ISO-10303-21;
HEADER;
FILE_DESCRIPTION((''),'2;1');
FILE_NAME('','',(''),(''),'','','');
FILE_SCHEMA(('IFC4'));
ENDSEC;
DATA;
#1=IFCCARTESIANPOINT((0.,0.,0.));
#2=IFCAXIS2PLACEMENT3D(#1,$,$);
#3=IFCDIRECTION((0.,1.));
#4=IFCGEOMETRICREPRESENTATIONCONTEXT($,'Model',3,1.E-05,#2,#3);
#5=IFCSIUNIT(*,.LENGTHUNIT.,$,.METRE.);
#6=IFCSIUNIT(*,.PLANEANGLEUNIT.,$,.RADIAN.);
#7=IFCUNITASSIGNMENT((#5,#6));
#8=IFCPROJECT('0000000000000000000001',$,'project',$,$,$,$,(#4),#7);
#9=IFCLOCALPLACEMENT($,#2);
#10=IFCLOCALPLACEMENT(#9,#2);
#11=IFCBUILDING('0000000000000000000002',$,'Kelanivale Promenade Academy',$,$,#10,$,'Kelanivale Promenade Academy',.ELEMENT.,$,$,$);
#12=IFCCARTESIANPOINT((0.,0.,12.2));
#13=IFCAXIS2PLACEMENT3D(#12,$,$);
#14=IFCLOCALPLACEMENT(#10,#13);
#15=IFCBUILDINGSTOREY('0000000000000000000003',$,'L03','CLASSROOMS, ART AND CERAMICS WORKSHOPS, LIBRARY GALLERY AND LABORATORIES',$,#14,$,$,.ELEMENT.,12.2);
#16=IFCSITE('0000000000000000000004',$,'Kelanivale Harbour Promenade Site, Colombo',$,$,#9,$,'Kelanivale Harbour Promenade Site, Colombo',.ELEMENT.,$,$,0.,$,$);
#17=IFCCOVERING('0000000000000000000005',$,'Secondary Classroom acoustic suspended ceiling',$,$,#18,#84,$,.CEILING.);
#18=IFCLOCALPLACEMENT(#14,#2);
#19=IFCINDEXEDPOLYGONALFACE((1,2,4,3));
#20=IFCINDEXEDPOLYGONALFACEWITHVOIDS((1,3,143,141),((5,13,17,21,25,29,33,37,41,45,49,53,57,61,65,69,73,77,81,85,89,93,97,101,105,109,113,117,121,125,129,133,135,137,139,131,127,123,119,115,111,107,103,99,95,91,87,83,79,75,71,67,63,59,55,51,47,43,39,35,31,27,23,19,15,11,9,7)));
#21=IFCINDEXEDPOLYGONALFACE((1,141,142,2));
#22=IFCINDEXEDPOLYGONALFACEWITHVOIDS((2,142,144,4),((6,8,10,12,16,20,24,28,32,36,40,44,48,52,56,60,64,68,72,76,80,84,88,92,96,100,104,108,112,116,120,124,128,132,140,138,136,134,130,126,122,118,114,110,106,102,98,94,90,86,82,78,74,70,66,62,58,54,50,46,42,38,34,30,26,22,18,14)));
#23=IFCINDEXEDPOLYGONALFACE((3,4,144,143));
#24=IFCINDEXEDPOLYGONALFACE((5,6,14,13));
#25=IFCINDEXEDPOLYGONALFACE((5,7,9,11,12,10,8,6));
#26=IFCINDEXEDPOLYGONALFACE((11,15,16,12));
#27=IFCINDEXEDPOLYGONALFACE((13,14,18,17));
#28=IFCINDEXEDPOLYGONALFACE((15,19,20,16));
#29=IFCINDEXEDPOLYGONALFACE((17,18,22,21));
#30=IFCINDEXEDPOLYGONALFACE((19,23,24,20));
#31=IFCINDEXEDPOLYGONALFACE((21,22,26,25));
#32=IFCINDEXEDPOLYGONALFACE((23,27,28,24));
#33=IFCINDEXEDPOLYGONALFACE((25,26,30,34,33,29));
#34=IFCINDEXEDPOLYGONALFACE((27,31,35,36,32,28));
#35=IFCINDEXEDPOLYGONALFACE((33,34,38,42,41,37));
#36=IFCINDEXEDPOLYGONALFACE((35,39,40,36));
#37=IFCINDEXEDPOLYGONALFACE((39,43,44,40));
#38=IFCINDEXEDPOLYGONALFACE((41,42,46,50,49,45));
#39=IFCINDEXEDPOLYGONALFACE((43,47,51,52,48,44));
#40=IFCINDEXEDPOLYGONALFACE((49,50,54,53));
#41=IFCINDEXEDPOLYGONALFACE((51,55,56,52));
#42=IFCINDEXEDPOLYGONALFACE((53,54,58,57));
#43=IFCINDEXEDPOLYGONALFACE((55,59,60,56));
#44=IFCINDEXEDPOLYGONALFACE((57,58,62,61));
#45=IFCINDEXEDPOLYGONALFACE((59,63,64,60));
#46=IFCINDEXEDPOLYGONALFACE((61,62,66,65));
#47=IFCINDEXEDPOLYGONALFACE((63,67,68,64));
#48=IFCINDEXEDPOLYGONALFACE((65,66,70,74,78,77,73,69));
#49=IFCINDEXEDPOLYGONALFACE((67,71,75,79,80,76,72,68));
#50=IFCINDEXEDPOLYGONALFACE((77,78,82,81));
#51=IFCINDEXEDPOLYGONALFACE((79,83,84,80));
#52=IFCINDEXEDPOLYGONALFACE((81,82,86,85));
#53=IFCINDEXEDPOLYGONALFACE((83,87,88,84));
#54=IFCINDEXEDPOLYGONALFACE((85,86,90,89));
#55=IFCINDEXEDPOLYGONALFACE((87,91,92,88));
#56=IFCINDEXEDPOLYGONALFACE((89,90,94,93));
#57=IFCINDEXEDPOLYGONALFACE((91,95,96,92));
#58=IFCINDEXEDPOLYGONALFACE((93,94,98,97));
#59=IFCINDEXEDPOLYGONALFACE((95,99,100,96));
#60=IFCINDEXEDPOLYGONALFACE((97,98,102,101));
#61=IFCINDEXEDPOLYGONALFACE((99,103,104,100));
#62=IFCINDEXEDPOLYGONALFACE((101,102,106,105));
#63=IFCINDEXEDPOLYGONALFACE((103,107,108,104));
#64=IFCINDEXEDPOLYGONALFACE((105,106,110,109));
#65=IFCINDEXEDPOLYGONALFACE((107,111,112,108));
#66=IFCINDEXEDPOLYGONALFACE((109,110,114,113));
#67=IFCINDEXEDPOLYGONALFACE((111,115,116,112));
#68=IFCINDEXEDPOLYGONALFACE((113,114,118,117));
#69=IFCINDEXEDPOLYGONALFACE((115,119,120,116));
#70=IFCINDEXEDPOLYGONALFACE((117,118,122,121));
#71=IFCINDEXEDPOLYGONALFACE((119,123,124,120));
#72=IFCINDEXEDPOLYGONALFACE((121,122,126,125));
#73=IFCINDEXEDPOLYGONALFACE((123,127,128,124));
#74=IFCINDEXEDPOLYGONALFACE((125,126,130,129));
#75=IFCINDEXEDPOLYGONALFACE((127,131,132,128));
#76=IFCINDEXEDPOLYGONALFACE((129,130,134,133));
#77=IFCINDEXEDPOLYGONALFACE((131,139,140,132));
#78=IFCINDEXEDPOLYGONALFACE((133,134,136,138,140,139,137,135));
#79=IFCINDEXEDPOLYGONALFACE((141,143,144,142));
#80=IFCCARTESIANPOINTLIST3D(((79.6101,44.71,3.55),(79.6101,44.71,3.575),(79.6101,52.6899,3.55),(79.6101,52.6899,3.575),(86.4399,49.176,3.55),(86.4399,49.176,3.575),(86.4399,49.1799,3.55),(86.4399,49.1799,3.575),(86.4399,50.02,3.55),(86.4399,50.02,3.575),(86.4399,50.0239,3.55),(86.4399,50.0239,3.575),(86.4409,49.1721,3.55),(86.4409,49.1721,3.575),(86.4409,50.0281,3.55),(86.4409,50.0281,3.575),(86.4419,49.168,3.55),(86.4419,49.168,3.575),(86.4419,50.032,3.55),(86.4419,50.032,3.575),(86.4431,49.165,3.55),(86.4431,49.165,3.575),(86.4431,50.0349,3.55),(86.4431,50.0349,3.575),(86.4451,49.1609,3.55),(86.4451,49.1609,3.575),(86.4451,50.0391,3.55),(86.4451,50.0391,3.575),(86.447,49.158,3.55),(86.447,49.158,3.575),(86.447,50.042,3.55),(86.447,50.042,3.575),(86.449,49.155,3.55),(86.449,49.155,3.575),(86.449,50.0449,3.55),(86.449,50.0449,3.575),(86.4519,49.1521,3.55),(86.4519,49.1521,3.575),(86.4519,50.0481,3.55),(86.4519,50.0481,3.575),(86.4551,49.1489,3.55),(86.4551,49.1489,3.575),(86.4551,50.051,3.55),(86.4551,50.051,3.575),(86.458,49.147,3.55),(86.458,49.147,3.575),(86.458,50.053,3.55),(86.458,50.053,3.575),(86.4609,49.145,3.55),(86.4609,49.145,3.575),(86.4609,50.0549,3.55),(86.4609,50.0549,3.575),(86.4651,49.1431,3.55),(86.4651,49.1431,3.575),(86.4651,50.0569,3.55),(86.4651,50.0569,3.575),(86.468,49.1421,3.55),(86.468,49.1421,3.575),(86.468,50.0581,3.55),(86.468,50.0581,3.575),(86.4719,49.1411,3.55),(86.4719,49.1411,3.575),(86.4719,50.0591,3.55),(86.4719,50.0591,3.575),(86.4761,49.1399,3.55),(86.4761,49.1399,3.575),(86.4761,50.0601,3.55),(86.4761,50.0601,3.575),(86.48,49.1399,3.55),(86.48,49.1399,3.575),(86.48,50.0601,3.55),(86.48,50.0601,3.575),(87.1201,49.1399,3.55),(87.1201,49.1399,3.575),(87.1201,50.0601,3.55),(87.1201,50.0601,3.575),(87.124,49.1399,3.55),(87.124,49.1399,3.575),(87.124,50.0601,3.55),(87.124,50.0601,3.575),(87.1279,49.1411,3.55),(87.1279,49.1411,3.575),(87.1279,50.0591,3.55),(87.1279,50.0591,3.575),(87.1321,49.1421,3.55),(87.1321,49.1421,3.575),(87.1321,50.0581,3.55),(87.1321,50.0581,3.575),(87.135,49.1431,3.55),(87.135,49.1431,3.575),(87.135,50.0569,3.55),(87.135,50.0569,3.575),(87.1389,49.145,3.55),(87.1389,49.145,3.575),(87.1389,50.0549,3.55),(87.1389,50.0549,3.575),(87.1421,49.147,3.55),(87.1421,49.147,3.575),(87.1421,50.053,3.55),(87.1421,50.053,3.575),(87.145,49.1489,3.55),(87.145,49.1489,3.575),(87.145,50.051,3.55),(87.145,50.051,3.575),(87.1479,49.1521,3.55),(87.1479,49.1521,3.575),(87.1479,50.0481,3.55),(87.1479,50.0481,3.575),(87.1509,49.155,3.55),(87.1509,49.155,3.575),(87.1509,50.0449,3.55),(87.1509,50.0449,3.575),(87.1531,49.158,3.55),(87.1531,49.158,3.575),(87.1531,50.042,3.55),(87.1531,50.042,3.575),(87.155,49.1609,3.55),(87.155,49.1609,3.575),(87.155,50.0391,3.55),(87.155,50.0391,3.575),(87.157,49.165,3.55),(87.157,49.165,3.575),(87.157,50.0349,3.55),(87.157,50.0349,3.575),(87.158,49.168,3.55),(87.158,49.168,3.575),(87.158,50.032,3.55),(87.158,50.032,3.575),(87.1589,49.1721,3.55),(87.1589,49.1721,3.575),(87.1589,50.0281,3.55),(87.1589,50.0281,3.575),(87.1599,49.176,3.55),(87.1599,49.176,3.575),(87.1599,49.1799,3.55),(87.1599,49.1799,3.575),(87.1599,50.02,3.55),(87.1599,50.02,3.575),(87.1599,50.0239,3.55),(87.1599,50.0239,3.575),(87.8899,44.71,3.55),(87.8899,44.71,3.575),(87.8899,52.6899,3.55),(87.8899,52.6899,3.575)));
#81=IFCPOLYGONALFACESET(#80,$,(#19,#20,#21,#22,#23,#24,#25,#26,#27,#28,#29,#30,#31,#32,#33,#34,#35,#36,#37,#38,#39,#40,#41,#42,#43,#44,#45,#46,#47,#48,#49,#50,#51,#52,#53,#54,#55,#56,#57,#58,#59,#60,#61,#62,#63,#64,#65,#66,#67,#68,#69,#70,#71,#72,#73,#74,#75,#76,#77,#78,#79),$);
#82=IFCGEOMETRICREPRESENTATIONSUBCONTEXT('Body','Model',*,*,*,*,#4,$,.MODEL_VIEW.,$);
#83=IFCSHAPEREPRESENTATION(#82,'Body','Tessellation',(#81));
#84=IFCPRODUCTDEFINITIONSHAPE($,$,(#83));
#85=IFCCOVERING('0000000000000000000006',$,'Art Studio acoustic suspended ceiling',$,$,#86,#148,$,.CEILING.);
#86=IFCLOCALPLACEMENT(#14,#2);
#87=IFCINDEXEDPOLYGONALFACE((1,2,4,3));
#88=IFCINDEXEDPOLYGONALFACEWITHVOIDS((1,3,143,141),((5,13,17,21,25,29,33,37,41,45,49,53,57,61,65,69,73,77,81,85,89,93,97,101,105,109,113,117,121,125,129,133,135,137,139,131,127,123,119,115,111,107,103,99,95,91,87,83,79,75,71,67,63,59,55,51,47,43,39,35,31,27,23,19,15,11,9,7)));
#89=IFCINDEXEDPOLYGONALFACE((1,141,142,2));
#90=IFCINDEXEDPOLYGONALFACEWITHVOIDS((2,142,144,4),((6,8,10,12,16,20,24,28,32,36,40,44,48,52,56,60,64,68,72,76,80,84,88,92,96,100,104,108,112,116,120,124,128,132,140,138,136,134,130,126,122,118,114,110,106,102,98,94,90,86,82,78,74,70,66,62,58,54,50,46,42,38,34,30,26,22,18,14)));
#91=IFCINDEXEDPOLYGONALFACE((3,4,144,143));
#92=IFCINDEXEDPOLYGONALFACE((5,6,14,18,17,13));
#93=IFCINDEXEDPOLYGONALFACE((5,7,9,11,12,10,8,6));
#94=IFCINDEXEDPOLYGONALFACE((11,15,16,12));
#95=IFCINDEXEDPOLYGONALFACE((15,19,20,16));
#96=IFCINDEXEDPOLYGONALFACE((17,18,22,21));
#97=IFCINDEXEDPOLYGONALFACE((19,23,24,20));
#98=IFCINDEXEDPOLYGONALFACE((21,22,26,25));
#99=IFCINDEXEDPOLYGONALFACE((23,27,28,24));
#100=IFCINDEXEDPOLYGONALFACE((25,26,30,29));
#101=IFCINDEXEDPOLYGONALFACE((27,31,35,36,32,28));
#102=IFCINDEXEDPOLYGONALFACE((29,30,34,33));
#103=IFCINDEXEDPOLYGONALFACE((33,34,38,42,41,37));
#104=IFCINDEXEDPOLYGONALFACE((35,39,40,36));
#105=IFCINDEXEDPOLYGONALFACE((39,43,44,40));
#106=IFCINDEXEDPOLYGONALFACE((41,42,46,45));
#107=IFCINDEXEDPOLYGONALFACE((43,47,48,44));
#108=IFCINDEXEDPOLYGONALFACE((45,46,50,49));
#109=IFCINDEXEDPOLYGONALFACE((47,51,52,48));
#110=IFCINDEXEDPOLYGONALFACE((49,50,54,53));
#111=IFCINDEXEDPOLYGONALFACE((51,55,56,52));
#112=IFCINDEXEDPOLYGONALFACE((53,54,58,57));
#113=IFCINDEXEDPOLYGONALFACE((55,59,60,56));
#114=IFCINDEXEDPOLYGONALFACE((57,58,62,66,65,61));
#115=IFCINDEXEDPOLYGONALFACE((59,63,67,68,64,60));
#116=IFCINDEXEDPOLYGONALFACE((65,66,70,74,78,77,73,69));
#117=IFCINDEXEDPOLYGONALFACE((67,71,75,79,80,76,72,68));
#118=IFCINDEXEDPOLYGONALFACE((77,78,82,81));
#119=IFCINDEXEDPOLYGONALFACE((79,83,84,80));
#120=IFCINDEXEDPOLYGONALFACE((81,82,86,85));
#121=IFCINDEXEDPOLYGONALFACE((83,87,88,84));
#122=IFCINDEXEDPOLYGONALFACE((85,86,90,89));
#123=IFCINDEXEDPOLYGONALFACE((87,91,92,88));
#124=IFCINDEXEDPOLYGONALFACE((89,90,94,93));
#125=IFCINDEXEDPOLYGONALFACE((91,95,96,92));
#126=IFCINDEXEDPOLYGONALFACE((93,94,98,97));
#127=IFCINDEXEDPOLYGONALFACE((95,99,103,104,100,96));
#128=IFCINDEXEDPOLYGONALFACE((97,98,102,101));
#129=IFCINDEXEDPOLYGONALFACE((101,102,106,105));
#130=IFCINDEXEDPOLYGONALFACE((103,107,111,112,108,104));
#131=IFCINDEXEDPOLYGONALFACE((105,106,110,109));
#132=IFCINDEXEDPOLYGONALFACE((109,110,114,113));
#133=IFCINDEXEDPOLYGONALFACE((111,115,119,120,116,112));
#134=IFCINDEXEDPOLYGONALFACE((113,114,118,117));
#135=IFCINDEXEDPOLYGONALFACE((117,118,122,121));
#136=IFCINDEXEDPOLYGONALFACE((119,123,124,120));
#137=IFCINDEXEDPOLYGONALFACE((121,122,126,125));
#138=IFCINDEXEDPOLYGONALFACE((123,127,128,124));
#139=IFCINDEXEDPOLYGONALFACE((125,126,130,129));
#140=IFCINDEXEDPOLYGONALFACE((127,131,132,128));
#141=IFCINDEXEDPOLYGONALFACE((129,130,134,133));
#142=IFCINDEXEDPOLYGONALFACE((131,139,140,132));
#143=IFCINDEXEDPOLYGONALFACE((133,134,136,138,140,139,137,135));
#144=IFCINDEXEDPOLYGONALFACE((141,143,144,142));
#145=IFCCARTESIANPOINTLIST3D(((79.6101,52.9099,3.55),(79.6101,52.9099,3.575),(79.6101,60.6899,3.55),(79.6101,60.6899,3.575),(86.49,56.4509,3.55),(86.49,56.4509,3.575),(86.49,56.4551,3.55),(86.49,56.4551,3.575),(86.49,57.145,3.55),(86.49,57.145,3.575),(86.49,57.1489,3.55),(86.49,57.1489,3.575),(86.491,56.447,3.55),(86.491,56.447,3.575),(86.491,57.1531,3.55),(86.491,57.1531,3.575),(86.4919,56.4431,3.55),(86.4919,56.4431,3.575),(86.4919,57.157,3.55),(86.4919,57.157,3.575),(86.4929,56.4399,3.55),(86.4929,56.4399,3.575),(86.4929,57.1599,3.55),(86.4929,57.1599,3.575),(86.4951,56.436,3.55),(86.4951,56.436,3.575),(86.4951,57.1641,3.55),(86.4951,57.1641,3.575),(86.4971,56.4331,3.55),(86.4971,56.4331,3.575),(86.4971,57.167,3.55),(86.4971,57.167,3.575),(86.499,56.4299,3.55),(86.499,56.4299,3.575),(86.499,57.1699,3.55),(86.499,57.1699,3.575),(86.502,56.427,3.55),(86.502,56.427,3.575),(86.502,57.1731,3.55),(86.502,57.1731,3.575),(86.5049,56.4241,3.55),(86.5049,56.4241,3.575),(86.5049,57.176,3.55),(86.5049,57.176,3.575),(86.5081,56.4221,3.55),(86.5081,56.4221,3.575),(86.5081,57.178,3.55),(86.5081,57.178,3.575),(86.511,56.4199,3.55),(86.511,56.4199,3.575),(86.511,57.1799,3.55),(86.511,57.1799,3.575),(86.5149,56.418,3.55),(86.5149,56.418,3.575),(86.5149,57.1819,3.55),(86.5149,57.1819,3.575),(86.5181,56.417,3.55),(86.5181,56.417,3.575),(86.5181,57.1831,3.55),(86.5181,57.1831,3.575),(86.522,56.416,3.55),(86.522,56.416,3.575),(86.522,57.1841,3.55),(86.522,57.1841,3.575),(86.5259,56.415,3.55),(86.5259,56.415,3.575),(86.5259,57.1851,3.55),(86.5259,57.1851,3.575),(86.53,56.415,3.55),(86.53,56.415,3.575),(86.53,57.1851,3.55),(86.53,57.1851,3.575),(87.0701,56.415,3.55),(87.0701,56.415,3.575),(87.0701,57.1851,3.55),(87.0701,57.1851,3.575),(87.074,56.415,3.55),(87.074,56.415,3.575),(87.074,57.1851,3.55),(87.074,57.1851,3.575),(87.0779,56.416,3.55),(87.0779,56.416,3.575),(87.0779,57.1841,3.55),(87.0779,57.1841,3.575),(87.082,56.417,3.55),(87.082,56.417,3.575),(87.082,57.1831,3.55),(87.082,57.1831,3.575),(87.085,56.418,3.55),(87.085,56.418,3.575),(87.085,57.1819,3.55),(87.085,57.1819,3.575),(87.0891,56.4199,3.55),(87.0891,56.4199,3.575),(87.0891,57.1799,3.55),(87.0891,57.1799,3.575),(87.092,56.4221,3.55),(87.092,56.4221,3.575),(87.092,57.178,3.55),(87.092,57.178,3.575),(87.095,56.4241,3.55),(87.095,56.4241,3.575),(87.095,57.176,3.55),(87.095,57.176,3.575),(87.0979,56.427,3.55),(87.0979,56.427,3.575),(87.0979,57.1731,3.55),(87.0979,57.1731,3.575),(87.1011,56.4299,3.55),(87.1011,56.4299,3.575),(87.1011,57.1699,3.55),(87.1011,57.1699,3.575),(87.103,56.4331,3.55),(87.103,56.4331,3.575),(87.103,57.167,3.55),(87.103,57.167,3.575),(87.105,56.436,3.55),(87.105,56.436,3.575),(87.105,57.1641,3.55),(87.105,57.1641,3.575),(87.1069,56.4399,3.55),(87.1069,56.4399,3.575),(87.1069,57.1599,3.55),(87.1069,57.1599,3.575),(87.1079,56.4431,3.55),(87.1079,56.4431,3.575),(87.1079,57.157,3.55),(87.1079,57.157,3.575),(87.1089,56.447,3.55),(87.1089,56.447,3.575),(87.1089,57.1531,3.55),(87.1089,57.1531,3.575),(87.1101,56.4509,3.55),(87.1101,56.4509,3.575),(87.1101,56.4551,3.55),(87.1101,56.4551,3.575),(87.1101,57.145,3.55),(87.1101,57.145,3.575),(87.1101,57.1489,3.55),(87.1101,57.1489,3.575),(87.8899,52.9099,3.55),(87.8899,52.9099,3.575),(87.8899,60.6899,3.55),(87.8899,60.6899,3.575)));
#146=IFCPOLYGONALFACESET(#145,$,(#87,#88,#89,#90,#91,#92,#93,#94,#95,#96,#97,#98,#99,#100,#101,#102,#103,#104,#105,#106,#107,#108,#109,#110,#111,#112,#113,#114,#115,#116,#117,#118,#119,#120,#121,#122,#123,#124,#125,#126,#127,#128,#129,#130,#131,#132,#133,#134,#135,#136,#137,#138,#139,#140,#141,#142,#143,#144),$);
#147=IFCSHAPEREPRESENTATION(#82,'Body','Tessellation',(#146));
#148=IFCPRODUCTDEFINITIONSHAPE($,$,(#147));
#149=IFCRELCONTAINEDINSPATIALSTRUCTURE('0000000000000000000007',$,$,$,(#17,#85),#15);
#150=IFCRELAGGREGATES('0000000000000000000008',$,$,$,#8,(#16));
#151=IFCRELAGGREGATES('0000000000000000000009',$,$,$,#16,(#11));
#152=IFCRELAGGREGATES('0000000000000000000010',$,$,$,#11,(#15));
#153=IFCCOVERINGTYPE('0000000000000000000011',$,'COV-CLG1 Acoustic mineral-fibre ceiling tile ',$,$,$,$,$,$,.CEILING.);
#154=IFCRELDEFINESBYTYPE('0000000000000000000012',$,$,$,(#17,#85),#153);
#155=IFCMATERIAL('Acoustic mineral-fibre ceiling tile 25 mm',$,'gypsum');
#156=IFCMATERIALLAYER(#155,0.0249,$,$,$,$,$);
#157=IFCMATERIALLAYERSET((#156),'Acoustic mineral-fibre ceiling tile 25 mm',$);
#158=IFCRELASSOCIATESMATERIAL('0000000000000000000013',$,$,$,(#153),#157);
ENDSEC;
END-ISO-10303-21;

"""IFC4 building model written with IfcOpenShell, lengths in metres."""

from ifc_helpers import new_model, si_unit, direction, frame, origin, place, context, subcontext, project, spatial, polyline, outline, extrude, material, layer, layer_set, type_object, element, save


model = new_model("IFC4")

# Units and contexts
model_context = context("Model", 3, precision=1e-05, world=origin(), true_north=direction((0.0, 1.0)))
body_context = subcontext(model_context, "Body", "Model", "MODEL_VIEW")
ifc_project = project(units=[si_unit("LENGTHUNIT", "METRE"), si_unit("PLANEANGLEUNIT", "RADIAN")], contexts=[model_context])

# Site, building, storey
site_placement = place(None, origin())
site = spatial("IfcSite", under=ifc_project, at=site_placement, Name="Kelanivale Harbour Promenade Site, Colombo", LongName="Kelanivale Harbour Promenade Site, Colombo", CompositionType="ELEMENT", RefElevation=0.0)
building_placement = place(site_placement, origin())
building = spatial("IfcBuilding", under=site, at=building_placement, Name="Kelanivale Promenade Academy", LongName="Kelanivale Promenade Academy", CompositionType="ELEMENT")
storey_placement = place(building_placement, frame((0.0, 0.0, 12.2)))
storey = spatial("IfcBuildingStorey", under=building, at=storey_placement, Name="L03", Description="CLASSROOMS, ART AND CERAMICS WORKSHOPS, LIBRARY GALLERY AND LABORATORIES", CompositionType="ELEMENT", Elevation=12.2)

# Coverings
ifc_material_1 = material(Name="Acoustic mineral-fibre ceiling tile 25 mm", Category="gypsum")
ifc_layer_1 = layer(ifc_material_1, 0.0249)
ifc_layer_set_1 = layer_set([ifc_layer_1], Name="Acoustic mineral-fibre ceiling tile 25 mm")
covering_type_1 = type_object("IfcCoveringType", Name="COV-CLG1 Acoustic mineral-fibre ceiling tile ", PredefinedType="CEILING", material=ifc_layer_set_1)
covering_1_placement = place(storey_placement, frame((0.0, 0.0, 3.55)))
element("IfcCovering", 1, at=covering_1_placement, inside=storey, type_object=covering_type_1, Name="Secondary Classroom acoustic suspended ceiling", PredefinedType="CEILING", context=body_context, shape_type="SweptSolid", body=[
    extrude(outline(polyline([(79.6101, 52.6899), (79.6101, 44.71), (87.8899, 44.71), (87.8899, 52.6899), (79.6101, 52.6899)]), holes=[polyline([(87.1599, 49.1799), (87.1599, 49.176), (87.1589, 49.1721), (87.158, 49.168), (87.157, 49.165), (87.155, 49.1609), (87.1531, 49.158), (87.1509, 49.155), (87.1479, 49.1521), (87.145, 49.1489), (87.1421, 49.147), (87.1389, 49.145), (87.135, 49.1431), (87.1321, 49.1421), (87.1279, 49.1411), (87.124, 49.1399), (87.1201, 49.1399), (86.48, 49.1399), (86.4761, 49.1399), (86.4719, 49.1411), (86.468, 49.1421), (86.4651, 49.1431), (86.4609, 49.145), (86.458, 49.147), (86.4551, 49.1489), (86.4519, 49.1521), (86.449, 49.155), (86.447, 49.158), (86.4451, 49.1609), (86.4431, 49.165), (86.4419, 49.168), (86.4409, 49.1721), (86.4399, 49.176), (86.4399, 49.1799), (86.4399, 50.02), (86.4399, 50.0239), (86.4409, 50.0281), (86.4419, 50.032), (86.4431, 50.0349), (86.4451, 50.0391), (86.447, 50.042), (86.449, 50.0449), (86.4519, 50.0481), (86.4551, 50.051), (86.458, 50.053), (86.4609, 50.0549), (86.4651, 50.0569), (86.468, 50.0581), (86.4719, 50.0591), (86.4761, 50.0601), (86.48, 50.0601), (87.1201, 50.0601), (87.124, 50.0601), (87.1279, 50.0591), (87.1321, 50.0581), (87.135, 50.0569), (87.1389, 50.0549), (87.1421, 50.053), (87.145, 50.051), (87.1479, 50.0481), (87.1509, 50.0449), (87.1531, 50.042), (87.155, 50.0391), (87.157, 50.0349), (87.158, 50.032), (87.1589, 50.0281), (87.1599, 50.0239), (87.1599, 50.02), (87.1599, 49.1799)])]), origin(), (0.0, 0.0, 1.0), 0.0249),
])
covering_2_placement = place(storey_placement, frame((0.0, 0.0, 3.55)))
element("IfcCovering", 2, at=covering_2_placement, inside=storey, type_object=covering_type_1, Name="Art Studio acoustic suspended ceiling", PredefinedType="CEILING", context=body_context, shape_type="SweptSolid", body=[
    extrude(outline(polyline([(87.8899, 60.6899), (79.6101, 60.6899), (79.6101, 52.9099), (87.8899, 52.9099), (87.8899, 60.6899)]), holes=[polyline([(87.0701, 57.1851), (87.074, 57.1851), (87.0779, 57.1841), (87.082, 57.1831), (87.085, 57.1819), (87.0891, 57.1799), (87.092, 57.178), (87.095, 57.176), (87.0979, 57.1731), (87.1011, 57.1699), (87.103, 57.167), (87.105, 57.1641), (87.1069, 57.1599), (87.1079, 57.157), (87.1089, 57.1531), (87.1101, 57.1489), (87.1101, 57.145), (87.1101, 56.4551), (87.1101, 56.4509), (87.1089, 56.447), (87.1079, 56.4431), (87.1069, 56.4399), (87.105, 56.436), (87.103, 56.4331), (87.1011, 56.4299), (87.0979, 56.427), (87.095, 56.4241), (87.092, 56.4221), (87.0891, 56.4199), (87.085, 56.418), (87.082, 56.417), (87.0779, 56.416), (87.074, 56.415), (87.0701, 56.415), (86.53, 56.415), (86.5259, 56.415), (86.522, 56.416), (86.5181, 56.417), (86.5149, 56.418), (86.511, 56.4199), (86.5081, 56.4221), (86.5049, 56.4241), (86.502, 56.427), (86.499, 56.4299), (86.4971, 56.4331), (86.4951, 56.436), (86.4929, 56.4399), (86.4919, 56.4431), (86.491, 56.447), (86.49, 56.4509), (86.49, 56.4551), (86.49, 57.145), (86.49, 57.1489), (86.491, 57.1531), (86.4919, 57.157), (86.4929, 57.1599), (86.4951, 57.1641), (86.4971, 57.167), (86.499, 57.1699), (86.502, 57.1731), (86.5049, 57.176), (86.5081, 57.178), (86.511, 57.1799), (86.5149, 57.1819), (86.5181, 57.1831), (86.522, 57.1841), (86.5259, 57.1851), (86.53, 57.1851), (87.0701, 57.1851)])]), origin(), (0.0, 0.0, 1.0), 0.0249),
])

save(model, "model.ifc")
